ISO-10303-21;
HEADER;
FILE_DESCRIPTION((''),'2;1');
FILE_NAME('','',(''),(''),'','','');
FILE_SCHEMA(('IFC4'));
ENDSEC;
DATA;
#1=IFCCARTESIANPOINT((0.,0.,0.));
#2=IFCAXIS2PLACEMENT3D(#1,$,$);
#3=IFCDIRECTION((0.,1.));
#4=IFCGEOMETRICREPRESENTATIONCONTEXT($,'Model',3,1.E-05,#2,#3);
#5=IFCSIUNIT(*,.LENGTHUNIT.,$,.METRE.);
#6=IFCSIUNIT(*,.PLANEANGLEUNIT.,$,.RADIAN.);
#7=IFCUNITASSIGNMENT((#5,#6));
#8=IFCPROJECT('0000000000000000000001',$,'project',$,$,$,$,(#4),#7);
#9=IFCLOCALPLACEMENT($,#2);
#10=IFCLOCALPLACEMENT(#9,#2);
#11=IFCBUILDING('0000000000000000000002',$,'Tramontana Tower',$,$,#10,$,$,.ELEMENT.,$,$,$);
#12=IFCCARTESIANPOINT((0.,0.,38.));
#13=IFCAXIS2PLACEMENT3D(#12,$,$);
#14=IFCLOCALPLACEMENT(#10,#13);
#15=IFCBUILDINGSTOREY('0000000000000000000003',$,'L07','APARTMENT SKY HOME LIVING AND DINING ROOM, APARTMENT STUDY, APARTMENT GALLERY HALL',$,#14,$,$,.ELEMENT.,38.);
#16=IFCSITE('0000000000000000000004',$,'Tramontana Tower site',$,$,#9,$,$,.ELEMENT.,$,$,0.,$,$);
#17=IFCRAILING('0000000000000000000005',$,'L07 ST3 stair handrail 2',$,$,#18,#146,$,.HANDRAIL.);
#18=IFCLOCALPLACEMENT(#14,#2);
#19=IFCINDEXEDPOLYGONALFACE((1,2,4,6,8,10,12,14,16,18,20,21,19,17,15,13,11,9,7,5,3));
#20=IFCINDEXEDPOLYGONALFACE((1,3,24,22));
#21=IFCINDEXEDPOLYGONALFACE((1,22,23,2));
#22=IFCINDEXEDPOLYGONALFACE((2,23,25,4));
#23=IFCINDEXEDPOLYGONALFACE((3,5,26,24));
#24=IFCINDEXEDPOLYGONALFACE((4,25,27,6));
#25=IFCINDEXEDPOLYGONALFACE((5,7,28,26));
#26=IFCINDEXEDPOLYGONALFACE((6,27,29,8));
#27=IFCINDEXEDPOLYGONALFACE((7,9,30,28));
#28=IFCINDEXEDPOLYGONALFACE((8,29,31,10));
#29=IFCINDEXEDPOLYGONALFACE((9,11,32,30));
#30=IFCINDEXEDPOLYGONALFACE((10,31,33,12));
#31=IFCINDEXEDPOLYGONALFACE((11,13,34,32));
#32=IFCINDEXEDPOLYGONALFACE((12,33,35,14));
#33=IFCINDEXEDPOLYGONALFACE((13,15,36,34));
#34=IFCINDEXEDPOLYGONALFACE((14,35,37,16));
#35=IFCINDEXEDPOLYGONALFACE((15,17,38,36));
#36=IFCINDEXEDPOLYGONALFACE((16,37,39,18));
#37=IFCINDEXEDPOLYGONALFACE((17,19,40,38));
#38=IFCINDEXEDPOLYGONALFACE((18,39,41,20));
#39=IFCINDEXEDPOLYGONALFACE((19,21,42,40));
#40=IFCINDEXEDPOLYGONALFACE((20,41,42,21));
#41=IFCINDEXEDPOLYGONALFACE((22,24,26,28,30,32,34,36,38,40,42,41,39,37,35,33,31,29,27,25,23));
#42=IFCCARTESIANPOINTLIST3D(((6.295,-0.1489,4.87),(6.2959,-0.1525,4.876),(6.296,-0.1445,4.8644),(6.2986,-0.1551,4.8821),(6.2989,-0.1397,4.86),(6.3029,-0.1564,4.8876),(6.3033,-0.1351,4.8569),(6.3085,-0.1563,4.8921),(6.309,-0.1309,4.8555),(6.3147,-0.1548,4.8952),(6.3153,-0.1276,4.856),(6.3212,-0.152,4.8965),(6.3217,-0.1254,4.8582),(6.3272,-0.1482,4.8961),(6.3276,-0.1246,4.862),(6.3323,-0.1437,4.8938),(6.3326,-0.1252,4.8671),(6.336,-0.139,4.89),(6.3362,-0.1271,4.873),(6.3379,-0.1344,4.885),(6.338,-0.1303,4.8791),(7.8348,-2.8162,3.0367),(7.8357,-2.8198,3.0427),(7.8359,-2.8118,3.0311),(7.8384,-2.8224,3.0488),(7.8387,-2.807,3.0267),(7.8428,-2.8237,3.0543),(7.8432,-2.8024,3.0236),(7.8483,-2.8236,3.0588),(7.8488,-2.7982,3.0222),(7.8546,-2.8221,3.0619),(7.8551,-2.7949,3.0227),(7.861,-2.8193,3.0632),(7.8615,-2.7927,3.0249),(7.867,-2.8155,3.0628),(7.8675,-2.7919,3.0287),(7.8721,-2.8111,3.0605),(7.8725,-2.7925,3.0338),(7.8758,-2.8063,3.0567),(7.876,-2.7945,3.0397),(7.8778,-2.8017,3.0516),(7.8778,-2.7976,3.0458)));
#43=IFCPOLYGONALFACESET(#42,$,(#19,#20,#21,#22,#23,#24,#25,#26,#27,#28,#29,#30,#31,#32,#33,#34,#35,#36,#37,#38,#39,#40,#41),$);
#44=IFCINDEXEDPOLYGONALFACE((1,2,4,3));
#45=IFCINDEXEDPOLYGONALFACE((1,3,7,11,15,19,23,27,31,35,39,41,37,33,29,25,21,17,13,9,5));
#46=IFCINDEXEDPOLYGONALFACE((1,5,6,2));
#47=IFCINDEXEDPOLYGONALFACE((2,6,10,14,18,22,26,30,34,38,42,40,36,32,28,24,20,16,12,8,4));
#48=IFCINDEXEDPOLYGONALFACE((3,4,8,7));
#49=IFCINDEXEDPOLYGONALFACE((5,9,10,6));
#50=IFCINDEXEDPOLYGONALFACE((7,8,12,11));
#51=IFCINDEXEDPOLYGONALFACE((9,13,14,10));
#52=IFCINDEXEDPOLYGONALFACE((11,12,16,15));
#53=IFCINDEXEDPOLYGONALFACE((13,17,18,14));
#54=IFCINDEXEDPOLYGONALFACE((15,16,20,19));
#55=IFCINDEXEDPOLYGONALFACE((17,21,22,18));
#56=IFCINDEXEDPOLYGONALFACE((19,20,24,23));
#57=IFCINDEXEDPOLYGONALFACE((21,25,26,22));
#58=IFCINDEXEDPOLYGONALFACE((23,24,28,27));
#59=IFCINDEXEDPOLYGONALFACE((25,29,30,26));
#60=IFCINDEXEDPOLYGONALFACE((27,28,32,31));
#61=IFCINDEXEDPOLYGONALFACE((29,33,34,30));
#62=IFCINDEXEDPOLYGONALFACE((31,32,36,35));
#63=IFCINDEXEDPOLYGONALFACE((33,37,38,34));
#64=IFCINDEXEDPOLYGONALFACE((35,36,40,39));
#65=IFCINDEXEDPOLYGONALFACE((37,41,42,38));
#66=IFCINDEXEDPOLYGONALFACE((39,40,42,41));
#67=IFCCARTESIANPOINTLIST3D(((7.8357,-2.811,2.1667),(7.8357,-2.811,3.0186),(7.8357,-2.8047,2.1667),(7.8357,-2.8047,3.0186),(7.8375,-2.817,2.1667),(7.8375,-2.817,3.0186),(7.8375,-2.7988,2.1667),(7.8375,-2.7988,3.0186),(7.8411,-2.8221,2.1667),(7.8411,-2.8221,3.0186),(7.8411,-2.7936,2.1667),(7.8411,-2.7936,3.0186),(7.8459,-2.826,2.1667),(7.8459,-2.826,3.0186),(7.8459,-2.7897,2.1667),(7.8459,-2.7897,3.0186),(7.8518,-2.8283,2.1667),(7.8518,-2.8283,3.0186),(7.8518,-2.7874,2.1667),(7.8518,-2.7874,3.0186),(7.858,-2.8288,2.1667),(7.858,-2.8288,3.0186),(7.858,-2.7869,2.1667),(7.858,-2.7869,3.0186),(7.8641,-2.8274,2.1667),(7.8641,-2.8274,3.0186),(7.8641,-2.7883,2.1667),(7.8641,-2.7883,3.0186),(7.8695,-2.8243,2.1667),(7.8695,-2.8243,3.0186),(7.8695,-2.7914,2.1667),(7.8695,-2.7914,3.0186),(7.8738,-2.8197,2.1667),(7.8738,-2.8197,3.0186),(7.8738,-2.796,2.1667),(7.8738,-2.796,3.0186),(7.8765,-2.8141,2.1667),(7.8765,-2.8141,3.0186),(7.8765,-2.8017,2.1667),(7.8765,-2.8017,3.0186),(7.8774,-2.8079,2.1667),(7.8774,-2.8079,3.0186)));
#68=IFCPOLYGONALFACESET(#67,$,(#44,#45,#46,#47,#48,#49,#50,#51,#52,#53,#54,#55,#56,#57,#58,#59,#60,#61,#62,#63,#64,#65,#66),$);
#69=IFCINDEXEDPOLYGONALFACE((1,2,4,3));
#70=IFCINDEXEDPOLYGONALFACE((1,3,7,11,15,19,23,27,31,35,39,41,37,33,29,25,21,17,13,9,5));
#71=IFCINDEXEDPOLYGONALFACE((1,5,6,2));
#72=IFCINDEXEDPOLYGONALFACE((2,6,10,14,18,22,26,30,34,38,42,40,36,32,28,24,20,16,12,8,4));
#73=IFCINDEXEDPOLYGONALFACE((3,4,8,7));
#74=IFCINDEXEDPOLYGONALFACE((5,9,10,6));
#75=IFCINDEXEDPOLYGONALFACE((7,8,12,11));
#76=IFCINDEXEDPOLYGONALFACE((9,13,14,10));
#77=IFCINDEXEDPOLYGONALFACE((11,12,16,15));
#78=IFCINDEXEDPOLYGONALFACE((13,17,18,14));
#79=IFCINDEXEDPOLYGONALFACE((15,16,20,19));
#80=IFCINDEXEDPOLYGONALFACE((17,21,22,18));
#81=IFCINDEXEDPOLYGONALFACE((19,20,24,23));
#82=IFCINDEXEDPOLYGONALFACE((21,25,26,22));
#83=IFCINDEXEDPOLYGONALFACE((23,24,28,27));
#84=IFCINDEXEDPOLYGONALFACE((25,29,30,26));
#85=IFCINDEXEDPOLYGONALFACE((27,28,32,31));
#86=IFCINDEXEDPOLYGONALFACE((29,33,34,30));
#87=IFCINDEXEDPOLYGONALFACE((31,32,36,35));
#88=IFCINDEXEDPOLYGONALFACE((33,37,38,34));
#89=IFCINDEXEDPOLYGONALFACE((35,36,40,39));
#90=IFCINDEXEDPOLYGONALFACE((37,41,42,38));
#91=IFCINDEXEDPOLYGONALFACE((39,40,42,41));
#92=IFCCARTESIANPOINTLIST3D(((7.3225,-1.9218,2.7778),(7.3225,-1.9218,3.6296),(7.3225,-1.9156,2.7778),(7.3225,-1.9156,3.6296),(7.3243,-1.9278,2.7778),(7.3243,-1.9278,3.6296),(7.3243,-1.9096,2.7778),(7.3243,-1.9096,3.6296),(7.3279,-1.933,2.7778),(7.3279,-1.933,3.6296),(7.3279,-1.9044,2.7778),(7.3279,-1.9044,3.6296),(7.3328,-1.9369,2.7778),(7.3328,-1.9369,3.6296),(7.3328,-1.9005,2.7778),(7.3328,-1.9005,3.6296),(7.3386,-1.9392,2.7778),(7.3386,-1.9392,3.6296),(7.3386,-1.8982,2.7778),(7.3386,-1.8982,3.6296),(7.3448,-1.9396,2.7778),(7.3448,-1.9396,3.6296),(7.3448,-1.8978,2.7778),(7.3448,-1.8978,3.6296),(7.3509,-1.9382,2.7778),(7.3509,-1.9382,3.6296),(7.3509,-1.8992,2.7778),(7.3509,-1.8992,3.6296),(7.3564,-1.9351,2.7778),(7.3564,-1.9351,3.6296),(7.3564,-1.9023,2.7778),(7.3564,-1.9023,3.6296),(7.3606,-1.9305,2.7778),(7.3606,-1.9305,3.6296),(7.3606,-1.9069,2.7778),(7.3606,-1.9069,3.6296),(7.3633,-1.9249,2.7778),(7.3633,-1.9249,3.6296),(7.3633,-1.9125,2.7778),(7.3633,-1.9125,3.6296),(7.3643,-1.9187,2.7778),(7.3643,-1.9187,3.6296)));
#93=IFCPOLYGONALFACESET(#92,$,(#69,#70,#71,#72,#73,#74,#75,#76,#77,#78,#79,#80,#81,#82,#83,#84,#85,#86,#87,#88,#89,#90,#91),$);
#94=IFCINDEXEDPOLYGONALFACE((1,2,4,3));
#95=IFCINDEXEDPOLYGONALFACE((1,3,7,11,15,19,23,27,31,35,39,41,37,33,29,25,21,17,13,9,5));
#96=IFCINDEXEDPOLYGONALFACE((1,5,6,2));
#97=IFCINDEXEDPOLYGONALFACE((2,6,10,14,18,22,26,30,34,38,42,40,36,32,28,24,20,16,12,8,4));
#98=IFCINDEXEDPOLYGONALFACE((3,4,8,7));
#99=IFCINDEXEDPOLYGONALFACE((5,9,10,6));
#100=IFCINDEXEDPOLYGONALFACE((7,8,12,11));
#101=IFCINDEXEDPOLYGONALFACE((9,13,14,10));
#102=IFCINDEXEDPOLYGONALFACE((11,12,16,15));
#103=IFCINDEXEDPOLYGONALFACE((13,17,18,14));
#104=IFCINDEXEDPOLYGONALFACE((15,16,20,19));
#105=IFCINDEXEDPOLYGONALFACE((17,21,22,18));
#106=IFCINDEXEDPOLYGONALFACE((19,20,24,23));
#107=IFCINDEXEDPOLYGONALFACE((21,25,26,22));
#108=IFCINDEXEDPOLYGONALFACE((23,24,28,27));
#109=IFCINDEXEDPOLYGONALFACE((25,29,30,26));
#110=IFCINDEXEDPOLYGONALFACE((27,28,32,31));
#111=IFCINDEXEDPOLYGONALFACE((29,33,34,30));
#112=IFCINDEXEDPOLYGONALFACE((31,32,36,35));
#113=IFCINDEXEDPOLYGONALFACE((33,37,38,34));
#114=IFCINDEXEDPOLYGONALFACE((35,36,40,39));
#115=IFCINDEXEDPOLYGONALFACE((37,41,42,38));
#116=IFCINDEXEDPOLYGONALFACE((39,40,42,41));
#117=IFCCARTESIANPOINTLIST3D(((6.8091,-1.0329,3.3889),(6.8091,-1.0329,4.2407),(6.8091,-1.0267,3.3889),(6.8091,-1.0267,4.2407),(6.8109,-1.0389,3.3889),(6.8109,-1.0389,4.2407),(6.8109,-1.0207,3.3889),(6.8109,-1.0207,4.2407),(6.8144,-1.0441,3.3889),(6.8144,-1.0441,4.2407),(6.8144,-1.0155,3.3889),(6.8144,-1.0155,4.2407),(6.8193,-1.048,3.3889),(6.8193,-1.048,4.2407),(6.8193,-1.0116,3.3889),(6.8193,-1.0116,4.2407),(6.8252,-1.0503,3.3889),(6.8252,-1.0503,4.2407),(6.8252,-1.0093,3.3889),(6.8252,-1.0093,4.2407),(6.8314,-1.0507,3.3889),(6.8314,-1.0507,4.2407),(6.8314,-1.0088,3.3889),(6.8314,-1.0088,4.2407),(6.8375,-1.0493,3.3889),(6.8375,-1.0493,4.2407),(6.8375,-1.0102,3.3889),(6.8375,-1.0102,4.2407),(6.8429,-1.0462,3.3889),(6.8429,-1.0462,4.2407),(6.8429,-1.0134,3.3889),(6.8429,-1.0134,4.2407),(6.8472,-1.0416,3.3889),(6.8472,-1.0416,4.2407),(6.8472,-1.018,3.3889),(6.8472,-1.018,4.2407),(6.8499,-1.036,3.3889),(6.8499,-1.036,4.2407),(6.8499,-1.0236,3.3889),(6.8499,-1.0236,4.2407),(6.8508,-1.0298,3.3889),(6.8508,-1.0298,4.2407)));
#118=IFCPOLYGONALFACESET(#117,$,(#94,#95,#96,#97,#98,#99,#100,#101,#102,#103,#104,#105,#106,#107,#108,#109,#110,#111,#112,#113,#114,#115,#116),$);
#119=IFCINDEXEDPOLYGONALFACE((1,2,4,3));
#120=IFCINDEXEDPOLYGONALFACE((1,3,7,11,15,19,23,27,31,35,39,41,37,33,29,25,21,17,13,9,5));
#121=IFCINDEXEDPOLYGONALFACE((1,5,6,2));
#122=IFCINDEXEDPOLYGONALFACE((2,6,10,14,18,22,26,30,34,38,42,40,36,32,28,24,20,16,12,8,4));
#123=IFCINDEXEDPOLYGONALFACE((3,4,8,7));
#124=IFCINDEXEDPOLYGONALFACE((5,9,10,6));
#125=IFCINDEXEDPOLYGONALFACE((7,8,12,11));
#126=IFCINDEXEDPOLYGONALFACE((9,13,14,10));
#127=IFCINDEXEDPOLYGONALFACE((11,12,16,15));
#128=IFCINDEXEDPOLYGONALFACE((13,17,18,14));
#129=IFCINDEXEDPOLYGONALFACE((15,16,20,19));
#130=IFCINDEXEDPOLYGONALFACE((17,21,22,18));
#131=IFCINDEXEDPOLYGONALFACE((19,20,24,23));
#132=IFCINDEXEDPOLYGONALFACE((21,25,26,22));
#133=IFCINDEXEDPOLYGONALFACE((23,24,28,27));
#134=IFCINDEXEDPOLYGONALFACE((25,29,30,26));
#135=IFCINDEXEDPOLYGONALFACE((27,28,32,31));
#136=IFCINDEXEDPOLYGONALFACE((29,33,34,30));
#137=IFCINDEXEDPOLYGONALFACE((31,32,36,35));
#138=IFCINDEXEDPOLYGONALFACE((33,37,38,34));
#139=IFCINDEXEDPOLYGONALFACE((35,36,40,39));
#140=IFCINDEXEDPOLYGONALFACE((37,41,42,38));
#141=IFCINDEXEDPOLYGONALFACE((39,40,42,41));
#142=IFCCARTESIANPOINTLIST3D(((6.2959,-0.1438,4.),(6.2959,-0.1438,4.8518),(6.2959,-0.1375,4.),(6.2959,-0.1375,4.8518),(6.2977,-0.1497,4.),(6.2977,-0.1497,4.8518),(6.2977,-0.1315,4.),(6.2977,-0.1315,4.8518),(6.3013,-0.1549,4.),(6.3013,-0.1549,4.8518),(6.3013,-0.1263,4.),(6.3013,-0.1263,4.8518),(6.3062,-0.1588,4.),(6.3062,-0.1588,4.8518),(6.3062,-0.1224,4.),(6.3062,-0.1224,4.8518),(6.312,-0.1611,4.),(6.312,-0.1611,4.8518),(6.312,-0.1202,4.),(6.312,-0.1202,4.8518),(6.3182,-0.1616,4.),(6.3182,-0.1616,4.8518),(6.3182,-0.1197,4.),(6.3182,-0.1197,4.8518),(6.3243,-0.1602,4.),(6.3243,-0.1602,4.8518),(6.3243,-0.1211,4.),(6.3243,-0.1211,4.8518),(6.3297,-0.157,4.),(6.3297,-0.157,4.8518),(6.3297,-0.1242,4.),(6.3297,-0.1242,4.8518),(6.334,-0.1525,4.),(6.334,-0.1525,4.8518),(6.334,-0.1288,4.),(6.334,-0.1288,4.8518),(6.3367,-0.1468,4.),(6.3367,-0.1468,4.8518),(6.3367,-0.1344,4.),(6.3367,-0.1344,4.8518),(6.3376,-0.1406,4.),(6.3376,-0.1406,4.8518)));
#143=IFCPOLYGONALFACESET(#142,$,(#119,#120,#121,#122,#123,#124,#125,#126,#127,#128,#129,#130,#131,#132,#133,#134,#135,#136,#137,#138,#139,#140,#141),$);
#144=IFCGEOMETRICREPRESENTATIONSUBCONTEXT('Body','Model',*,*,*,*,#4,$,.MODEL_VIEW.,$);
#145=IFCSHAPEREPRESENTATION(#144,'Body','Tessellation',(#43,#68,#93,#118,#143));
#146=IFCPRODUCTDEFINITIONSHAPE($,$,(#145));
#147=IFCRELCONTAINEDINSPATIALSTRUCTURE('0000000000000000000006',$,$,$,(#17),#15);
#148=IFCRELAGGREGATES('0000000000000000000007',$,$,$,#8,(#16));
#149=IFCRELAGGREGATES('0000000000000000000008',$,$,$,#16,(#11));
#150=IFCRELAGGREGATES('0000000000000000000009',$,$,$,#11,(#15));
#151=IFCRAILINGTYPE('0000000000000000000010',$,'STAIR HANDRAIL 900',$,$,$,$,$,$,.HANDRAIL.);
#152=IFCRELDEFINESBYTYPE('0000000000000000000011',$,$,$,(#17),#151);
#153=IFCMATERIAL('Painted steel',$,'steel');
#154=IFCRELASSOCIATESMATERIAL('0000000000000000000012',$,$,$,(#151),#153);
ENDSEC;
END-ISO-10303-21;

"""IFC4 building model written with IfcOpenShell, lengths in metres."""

from ifc_helpers import new_model, si_unit, direction, frame, origin, origin_2d, place, context, subcontext, project, spatial, circle, extrude, material, type_object, element, save


model = new_model("IFC4")

# Units and contexts
model_context = context("Model", 3, precision=1e-05, world=origin(), true_north=direction((0.0, 1.0)))
body_context = subcontext(model_context, "Body", "Model", "MODEL_VIEW")
ifc_project = project(units=[si_unit("LENGTHUNIT", "METRE"), si_unit("PLANEANGLEUNIT", "RADIAN")], contexts=[model_context])

# Site, building, storey
site_placement = place(None, origin())
site = spatial("IfcSite", under=ifc_project, at=site_placement, Name="Tramontana Tower site", CompositionType="ELEMENT", RefElevation=0.0)
building_placement = place(site_placement, origin())
building = spatial("IfcBuilding", under=site, at=building_placement, Name="Tramontana Tower", CompositionType="ELEMENT")
storey_placement = place(building_placement, frame((0.0, 0.0, 38.0)))
storey = spatial("IfcBuildingStorey", under=building, at=storey_placement, Name="L07", Description="APARTMENT SKY HOME LIVING AND DINING ROOM, APARTMENT STUDY, APARTMENT GALLERY HALL", CompositionType="ELEMENT", Elevation=38.0)

# Railing
ifc_material_1 = material(Name="Painted steel", Category="steel")
railing_type_1 = type_object("IfcRailingType", Name="STAIR HANDRAIL 900", PredefinedType="HANDRAIL", material=ifc_material_1)
railing_1_placement = place(storey_placement, frame((7.8564, -2.8079, 2.1667)))
element("IfcRailing", 1, at=railing_1_placement, inside=storey, type_object=railing_type_1, Name="L07 ST3 stair handrail 2", PredefinedType="HANDRAIL", context=body_context, shape_type="SweptSolid", body=[
    extrude(circle(Radius=0.0239, at=origin_2d()), frame((0.0, 0.0, 0.876), z_axis=(-0.429616, 0.744181, 0.511493), x_axis=(-0.866044, -0.499967, 0.0)), (0.0, 0.0, 1.0), 3.5842),
    extrude(circle(Radius=0.021, at=origin_2d()), origin(), (0.0, 0.0, 1.0), 0.8518),
    extrude(circle(Radius=0.021, at=origin_2d()), frame((-0.5132, 0.8892, 0.6111)), (0.0, 0.0, 1.0), 0.8518),
    extrude(circle(Radius=0.021, at=origin_2d()), frame((-1.0266, 1.7781, 1.2222)), (0.0, 0.0, 1.0), 0.8518),
    extrude(circle(Radius=0.021, at=origin_2d()), frame((-1.5398, 2.6672, 1.8333)), (0.0, 0.0, 1.0), 0.8518),
])

save(model, "model.ifc")
